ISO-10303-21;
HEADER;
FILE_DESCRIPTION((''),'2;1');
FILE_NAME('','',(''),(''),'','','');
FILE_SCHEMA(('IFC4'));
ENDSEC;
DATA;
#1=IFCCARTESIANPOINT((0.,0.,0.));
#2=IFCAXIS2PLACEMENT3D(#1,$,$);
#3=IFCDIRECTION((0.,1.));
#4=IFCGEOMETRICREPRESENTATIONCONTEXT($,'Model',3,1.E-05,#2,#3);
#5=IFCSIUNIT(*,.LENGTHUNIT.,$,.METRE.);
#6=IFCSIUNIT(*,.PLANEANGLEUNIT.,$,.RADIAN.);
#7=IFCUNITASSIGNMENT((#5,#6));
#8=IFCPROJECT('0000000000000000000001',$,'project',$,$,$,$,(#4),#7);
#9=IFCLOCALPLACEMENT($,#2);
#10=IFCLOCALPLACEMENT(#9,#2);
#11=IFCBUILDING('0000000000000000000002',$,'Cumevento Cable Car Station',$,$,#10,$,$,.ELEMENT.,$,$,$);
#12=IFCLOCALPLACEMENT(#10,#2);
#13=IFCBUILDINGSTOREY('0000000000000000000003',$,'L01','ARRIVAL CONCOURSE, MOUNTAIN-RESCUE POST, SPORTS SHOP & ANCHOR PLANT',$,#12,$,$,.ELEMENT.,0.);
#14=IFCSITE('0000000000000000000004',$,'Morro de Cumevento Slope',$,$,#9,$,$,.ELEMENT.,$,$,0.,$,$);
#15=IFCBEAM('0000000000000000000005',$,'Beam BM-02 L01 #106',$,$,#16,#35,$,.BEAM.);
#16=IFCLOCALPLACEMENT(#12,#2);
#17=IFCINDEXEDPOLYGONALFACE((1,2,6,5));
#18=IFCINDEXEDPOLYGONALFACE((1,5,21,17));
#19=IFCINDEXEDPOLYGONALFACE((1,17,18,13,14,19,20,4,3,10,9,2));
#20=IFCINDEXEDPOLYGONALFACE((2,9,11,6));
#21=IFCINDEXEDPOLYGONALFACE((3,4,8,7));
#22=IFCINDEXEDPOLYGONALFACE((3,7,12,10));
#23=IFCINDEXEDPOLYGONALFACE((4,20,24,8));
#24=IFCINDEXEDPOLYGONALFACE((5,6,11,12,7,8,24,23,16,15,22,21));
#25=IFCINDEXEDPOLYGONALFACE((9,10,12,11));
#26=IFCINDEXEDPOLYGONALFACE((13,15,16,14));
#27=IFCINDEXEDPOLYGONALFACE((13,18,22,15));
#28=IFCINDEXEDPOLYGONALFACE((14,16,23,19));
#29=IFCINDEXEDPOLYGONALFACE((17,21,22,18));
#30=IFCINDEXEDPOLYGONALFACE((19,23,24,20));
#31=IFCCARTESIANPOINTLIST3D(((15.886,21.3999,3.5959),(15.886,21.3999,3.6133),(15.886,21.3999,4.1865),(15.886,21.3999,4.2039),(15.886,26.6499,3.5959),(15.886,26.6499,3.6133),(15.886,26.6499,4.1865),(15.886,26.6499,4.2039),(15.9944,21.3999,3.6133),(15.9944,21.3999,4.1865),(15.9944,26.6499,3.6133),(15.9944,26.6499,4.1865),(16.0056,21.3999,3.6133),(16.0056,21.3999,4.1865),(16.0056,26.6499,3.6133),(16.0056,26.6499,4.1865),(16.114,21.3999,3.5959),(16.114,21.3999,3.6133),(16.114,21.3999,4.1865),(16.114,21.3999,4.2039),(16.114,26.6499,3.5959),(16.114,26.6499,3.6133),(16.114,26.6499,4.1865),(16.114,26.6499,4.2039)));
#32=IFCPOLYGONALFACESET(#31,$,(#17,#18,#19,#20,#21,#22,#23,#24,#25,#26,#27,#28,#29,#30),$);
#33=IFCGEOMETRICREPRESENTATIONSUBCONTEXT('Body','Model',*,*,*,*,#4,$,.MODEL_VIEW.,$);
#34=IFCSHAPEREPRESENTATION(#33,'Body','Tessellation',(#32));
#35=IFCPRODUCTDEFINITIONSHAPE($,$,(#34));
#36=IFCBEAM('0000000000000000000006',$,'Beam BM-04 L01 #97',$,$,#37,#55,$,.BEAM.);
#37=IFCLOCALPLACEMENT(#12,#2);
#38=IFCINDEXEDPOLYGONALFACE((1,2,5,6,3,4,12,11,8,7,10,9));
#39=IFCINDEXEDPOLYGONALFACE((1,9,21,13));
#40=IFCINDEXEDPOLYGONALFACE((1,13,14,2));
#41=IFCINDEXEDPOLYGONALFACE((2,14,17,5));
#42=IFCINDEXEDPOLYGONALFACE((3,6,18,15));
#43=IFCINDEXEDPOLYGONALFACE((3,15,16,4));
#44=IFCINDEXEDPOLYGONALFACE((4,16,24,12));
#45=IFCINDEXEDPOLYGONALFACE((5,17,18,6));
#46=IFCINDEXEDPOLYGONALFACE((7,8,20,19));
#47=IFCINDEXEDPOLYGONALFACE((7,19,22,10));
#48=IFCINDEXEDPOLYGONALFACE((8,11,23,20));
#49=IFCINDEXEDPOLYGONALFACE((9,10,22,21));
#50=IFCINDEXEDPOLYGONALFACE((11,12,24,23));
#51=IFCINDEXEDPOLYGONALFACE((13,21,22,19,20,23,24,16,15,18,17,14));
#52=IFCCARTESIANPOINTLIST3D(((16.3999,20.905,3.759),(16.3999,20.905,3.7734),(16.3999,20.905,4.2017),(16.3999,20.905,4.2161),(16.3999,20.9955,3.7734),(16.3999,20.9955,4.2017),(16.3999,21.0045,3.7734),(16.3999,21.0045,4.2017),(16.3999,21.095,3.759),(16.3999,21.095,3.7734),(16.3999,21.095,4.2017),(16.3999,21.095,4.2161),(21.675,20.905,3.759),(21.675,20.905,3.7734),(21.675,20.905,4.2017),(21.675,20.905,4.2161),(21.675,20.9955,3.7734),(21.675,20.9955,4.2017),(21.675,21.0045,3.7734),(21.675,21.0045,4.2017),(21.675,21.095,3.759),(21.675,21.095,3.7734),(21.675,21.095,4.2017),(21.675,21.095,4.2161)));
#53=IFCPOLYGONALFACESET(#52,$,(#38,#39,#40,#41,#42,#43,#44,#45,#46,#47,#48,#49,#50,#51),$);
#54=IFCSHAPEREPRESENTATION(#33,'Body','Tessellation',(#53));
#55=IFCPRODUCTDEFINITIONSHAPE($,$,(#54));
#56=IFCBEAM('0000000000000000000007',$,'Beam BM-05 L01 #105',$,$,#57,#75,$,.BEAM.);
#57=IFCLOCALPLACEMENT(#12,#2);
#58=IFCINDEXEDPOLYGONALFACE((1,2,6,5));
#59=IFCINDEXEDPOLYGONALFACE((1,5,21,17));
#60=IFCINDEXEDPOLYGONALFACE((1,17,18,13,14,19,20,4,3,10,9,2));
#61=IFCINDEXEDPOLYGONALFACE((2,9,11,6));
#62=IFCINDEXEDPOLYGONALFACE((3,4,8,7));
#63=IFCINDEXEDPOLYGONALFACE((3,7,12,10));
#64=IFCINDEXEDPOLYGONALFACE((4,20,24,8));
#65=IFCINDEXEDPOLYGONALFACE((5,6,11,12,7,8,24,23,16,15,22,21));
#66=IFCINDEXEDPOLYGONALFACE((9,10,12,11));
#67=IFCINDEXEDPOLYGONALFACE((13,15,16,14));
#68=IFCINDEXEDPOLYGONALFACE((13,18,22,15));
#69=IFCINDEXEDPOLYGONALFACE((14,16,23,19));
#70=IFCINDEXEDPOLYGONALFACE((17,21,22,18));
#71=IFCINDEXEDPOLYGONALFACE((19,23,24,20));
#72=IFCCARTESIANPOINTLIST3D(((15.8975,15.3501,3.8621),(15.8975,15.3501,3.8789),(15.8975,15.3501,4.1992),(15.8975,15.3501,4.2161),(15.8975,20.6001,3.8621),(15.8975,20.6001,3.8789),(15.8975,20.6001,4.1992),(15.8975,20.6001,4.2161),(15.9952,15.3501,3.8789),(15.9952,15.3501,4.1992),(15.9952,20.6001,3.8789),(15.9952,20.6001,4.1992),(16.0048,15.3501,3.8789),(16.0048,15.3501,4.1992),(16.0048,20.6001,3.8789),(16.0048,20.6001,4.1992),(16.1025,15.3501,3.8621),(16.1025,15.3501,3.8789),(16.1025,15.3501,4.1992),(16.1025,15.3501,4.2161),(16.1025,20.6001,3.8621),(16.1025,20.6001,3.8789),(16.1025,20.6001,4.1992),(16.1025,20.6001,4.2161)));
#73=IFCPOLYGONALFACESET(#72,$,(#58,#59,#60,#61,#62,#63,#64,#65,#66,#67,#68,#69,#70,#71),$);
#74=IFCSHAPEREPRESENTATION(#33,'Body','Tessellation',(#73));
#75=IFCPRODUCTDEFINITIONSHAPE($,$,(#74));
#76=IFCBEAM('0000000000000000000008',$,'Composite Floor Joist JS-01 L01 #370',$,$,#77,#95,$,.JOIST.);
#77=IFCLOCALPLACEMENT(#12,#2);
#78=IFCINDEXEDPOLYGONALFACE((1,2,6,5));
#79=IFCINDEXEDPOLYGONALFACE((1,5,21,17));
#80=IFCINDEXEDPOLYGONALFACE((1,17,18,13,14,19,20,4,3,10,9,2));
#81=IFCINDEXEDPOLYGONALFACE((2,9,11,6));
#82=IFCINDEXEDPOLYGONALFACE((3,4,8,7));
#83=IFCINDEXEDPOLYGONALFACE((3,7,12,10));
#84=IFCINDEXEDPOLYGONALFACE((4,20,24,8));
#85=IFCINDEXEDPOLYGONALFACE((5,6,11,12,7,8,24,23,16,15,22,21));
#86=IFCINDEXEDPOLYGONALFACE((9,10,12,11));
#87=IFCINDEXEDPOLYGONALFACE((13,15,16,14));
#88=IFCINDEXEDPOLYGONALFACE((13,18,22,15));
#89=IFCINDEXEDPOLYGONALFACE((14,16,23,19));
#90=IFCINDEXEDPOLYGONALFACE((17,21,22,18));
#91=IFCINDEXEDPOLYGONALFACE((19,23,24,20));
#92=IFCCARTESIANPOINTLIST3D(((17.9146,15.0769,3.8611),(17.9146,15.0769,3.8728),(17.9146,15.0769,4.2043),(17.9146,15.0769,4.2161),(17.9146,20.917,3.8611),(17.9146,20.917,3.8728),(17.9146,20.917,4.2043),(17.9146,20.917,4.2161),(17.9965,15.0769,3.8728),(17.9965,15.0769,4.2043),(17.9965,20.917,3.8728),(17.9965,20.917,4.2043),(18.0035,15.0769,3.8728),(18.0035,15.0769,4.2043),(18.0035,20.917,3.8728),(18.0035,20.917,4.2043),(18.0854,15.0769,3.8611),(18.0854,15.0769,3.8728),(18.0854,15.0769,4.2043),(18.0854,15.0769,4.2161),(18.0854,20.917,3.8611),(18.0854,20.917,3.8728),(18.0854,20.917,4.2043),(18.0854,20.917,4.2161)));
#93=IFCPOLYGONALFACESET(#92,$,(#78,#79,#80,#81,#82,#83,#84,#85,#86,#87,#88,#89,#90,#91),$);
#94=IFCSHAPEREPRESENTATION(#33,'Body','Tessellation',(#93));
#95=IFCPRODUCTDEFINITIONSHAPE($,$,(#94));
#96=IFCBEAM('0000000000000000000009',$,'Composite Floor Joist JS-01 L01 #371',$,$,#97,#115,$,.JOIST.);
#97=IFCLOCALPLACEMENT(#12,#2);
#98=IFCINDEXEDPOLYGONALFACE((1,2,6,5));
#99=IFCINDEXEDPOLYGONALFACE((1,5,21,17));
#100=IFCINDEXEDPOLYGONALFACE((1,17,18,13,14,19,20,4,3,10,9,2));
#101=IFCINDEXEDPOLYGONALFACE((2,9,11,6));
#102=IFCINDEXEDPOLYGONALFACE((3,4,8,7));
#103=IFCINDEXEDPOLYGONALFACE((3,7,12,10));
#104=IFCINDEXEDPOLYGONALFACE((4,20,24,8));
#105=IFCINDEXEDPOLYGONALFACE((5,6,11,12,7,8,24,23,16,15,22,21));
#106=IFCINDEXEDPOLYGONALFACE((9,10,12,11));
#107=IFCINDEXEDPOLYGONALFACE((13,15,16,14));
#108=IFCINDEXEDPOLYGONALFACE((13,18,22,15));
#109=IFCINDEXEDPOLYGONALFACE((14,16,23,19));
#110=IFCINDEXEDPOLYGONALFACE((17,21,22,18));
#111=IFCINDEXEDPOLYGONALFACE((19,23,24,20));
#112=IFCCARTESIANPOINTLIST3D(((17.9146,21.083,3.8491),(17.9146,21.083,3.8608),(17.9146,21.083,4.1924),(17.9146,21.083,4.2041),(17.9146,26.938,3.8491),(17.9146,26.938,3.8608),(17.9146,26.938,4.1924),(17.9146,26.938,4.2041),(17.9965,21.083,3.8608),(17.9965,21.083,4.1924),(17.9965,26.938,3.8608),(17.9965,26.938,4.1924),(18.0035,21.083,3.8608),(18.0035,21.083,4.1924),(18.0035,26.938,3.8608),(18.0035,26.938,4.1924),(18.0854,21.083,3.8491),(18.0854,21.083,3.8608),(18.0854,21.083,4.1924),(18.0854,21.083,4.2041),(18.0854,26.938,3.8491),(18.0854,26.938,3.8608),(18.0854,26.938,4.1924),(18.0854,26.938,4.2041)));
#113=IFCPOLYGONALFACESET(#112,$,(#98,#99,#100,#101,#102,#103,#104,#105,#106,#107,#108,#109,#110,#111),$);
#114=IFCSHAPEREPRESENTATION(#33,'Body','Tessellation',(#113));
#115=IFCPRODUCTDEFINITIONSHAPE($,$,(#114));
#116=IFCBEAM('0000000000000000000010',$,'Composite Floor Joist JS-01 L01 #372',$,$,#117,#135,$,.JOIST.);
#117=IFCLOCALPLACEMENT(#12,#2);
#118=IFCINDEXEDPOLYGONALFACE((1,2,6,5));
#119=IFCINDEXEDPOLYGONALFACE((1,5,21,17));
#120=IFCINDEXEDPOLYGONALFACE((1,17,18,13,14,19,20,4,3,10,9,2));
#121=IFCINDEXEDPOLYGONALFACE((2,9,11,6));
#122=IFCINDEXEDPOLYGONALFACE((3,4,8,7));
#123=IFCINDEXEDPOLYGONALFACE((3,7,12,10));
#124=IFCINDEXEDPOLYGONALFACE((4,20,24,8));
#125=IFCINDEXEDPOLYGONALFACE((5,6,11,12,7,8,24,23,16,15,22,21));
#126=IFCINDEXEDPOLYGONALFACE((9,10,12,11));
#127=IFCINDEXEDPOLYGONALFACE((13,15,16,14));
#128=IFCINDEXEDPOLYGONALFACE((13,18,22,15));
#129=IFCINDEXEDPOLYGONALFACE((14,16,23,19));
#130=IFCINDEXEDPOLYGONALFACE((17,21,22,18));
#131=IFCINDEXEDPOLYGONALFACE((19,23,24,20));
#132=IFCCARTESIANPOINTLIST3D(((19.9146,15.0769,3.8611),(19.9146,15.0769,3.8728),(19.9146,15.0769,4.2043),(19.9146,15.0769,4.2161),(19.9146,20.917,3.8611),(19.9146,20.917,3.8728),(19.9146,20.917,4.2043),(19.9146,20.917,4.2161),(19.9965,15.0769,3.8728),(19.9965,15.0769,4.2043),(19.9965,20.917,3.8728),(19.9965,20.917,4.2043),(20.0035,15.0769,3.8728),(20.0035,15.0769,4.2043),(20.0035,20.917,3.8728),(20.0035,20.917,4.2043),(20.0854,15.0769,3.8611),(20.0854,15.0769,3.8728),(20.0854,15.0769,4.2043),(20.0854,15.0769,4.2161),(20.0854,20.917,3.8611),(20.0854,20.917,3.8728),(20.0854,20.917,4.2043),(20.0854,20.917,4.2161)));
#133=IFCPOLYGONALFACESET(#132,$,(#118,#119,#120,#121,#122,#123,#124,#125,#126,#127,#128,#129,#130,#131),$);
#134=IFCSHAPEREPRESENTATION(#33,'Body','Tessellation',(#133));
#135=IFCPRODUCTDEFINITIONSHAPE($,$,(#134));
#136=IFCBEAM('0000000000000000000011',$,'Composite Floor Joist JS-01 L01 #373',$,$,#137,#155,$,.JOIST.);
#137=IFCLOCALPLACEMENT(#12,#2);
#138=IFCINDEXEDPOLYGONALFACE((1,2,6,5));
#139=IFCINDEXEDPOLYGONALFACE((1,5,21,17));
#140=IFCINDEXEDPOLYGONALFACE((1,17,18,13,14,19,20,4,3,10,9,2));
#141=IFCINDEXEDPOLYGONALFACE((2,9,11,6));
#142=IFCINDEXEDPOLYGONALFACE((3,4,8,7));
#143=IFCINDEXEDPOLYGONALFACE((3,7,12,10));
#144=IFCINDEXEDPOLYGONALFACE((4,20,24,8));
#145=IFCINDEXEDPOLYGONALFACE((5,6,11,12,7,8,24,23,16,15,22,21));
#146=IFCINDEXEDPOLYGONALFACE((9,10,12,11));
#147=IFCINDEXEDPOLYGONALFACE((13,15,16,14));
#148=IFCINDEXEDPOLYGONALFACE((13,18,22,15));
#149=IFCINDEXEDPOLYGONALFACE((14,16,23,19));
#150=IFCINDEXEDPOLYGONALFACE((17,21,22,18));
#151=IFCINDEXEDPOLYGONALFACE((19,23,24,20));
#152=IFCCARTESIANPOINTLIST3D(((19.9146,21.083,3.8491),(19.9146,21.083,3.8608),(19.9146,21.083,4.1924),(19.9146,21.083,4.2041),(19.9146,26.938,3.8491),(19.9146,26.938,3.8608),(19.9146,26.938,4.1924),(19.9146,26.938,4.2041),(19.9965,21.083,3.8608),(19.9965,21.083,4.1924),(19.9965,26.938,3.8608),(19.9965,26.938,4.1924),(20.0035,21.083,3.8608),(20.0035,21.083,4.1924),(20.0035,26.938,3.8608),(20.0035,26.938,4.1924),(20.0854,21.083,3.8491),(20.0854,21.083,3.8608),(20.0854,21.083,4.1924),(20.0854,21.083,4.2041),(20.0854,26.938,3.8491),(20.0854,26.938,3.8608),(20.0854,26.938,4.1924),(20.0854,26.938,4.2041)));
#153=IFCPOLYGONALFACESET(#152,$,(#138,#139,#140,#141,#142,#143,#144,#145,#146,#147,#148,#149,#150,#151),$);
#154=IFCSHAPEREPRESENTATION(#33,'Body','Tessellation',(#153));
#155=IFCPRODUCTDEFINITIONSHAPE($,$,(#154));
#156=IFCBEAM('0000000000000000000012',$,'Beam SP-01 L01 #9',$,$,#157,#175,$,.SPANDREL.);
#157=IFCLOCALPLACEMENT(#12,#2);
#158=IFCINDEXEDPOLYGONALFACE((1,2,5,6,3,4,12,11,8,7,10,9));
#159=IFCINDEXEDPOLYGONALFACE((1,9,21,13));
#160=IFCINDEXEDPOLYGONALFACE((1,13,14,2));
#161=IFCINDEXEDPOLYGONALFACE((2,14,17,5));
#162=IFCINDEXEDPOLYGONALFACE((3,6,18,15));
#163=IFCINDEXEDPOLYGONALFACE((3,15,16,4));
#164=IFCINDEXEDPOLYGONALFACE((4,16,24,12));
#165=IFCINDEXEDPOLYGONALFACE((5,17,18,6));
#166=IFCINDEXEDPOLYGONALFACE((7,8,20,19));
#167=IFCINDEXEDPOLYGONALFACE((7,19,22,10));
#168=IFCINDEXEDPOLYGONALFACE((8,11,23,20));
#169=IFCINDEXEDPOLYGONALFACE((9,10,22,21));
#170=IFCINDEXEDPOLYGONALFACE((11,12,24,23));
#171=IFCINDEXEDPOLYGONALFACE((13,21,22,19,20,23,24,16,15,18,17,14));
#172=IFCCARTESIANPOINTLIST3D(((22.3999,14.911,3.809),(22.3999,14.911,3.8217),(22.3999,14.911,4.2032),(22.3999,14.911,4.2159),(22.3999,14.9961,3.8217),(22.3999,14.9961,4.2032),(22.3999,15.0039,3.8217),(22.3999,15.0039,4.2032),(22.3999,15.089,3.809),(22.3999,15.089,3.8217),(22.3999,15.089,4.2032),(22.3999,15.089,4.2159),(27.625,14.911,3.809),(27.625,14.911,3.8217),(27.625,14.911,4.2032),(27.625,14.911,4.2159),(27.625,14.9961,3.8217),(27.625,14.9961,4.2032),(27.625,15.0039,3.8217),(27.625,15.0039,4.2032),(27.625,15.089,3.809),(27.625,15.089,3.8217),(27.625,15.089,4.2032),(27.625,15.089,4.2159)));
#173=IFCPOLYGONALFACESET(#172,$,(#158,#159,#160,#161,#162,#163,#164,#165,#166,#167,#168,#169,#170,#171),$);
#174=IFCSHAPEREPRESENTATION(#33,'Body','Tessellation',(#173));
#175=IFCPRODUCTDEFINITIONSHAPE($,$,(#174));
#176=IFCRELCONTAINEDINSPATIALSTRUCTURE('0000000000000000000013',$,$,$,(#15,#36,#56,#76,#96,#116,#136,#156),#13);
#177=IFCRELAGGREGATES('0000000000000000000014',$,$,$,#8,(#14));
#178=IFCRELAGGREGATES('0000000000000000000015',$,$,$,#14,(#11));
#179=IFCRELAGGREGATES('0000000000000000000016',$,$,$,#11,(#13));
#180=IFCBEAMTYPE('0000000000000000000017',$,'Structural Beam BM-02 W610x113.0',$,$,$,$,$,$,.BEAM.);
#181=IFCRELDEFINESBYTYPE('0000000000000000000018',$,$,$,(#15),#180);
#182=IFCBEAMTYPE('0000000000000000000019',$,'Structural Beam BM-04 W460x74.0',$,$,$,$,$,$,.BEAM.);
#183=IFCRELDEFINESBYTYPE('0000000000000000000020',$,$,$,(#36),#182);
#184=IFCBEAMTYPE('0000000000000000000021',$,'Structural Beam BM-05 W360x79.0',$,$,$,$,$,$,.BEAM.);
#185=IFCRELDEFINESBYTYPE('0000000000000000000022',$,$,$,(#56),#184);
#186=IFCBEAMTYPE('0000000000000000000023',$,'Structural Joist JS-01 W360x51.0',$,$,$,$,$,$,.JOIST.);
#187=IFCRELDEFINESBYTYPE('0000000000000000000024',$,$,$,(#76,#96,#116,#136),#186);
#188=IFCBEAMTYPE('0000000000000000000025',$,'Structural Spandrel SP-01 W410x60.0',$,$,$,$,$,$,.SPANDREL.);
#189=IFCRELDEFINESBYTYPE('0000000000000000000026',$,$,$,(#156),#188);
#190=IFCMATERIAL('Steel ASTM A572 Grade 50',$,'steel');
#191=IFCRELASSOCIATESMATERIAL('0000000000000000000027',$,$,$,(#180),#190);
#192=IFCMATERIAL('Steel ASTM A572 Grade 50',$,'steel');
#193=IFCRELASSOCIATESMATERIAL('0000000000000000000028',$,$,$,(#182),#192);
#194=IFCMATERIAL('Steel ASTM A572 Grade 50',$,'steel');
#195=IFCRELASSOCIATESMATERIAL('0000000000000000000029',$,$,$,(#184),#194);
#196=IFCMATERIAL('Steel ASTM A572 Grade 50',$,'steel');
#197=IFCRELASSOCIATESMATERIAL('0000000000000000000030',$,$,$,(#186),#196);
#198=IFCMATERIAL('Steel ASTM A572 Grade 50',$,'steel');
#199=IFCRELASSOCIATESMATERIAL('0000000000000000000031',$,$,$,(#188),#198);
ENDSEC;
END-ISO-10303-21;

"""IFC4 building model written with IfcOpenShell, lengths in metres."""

from ifc_helpers import new_model, si_unit, direction, frame, origin, origin_2d, place, context, subcontext, project, spatial, i_section, extrude, material, material_profile, profile_set, type_object, element, save


model = new_model("IFC4")

# Units and contexts
model_context = context("Model", 3, precision=1e-05, world=origin(), true_north=direction((0.0, 1.0)))
body_context = subcontext(model_context, "Body", "Model", "MODEL_VIEW")
ifc_project = project(units=[si_unit("LENGTHUNIT", "METRE"), si_unit("PLANEANGLEUNIT", "RADIAN")], contexts=[model_context])

# Site, building, storey
site_placement = place(None, origin())
site = spatial("IfcSite", under=ifc_project, at=site_placement, Name="Morro de Cumevento Slope", CompositionType="ELEMENT", RefElevation=0.0)
building_placement = place(site_placement, origin())
building = spatial("IfcBuilding", under=site, at=building_placement, Name="Cumevento Cable Car Station", CompositionType="ELEMENT")
storey_placement = place(building_placement, origin())
storey = spatial("IfcBuildingStorey", under=building, at=storey_placement, Name="L01", Description="ARRIVAL CONCOURSE, MOUNTAIN-RESCUE POST, SPORTS SHOP & ANCHOR PLANT", CompositionType="ELEMENT", Elevation=0.0)

# Beams
ifc_material_1 = material(Name="Steel ASTM A572 Grade 50", Category="steel")
ifc_material_profile_1 = material_profile(ifc_material_1, i_section(OverallWidth=0.228, OverallDepth=0.6079, WebThickness=0.0112, FlangeThickness=0.0173, at=origin_2d()), Name="W610x113.0")
ifc_profile_set_1 = profile_set([ifc_material_profile_1], Name="Steel ASTM A572 Grade 50")
beam_type_1 = type_object("IfcBeamType", Name="Structural Beam BM-02 W610x113.0", PredefinedType="BEAM", material=ifc_profile_set_1)
beam_1_placement = place(storey_placement, frame((16.0, 21.3999, 3.8999), z_axis=(0.0, 1.0, 0.0), x_axis=(-1.0, 0.0, 0.0)))
element("IfcBeam", 1, at=beam_1_placement, inside=storey, type_object=beam_type_1, Name="Beam BM-02 L01 #106", PredefinedType="BEAM", context=body_context, shape_type="SweptSolid", body=[
    extrude(i_section(OverallWidth=0.228, OverallDepth=0.6079, WebThickness=0.0112, FlangeThickness=0.0173, at=origin_2d()), origin(), (0.0, 0.0, 1.0), 5.25),
])
ifc_material_2 = material(Name="Steel ASTM A572 Grade 50", Category="steel")
ifc_material_profile_2 = material_profile(ifc_material_2, i_section(OverallWidth=0.1899, OverallDepth=0.457, WebThickness=0.009, FlangeThickness=0.0144, at=origin_2d()), Name="W460x74.0")
ifc_profile_set_2 = profile_set([ifc_material_profile_2], Name="Steel ASTM A572 Grade 50")
beam_type_2 = type_object("IfcBeamType", Name="Structural Beam BM-04 W460x74.0", PredefinedType="BEAM", material=ifc_profile_set_2)
beam_2_placement = place(storey_placement, frame((16.3999, 21.0, 3.9875), z_axis=(1.0, 0.0, 0.0), x_axis=(0.0, 1.0, 0.0)))
element("IfcBeam", 2, at=beam_2_placement, inside=storey, type_object=beam_type_2, Name="Beam BM-04 L01 #97", PredefinedType="BEAM", context=body_context, shape_type="SweptSolid", body=[
    extrude(i_section(OverallWidth=0.1899, OverallDepth=0.457, WebThickness=0.009, FlangeThickness=0.0144, at=origin_2d()), origin(), (0.0, 0.0, 1.0), 5.2751),
])
ifc_material_3 = material(Name="Steel ASTM A572 Grade 50", Category="steel")
ifc_material_profile_3 = material_profile(ifc_material_3, i_section(OverallWidth=0.2051, OverallDepth=0.354, WebThickness=0.0095, FlangeThickness=0.0168, at=origin_2d()), Name="W360x79.0")
ifc_profile_set_3 = profile_set([ifc_material_profile_3], Name="Steel ASTM A572 Grade 50")
beam_type_3 = type_object("IfcBeamType", Name="Structural Beam BM-05 W360x79.0", PredefinedType="BEAM", material=ifc_profile_set_3)
beam_3_placement = place(storey_placement, frame((16.0, 15.3501, 4.0391), z_axis=(0.0, 1.0, 0.0), x_axis=(-1.0, 0.0, 0.0)))
element("IfcBeam", 3, at=beam_3_placement, inside=storey, type_object=beam_type_3, Name="Beam BM-05 L01 #105", PredefinedType="BEAM", context=body_context, shape_type="SweptSolid", body=[
    extrude(i_section(OverallWidth=0.2051, OverallDepth=0.354, WebThickness=0.0095, FlangeThickness=0.0168, at=origin_2d()), origin(), (0.0, 0.0, 1.0), 5.25),
])
ifc_material_4 = material(Name="Steel ASTM A572 Grade 50", Category="steel")
ifc_material_profile_4 = material_profile(ifc_material_4, i_section(OverallWidth=0.1709, OverallDepth=0.355, WebThickness=0.0071, FlangeThickness=0.0117, at=origin_2d()), Name="W360x51.0")
ifc_profile_set_4 = profile_set([ifc_material_profile_4], Name="Steel ASTM A572 Grade 50")
beam_type_4 = type_object("IfcBeamType", Name="Structural Joist JS-01 W360x51.0", PredefinedType="JOIST", material=ifc_profile_set_4)
beam_4_placement = place(storey_placement, frame((18.0, 15.0769, 4.0386), z_axis=(0.0, 1.0, 0.0), x_axis=(-1.0, 0.0, 0.0)))
element("IfcBeam", 4, at=beam_4_placement, inside=storey, type_object=beam_type_4, Name="Composite Floor Joist JS-01 L01 #370", PredefinedType="JOIST", context=body_context, shape_type="SweptSolid", body=[
    extrude(i_section(OverallWidth=0.1709, OverallDepth=0.355, WebThickness=0.0071, FlangeThickness=0.0117, at=origin_2d()), origin(), (0.0, 0.0, 1.0), 5.8401),
])
beam_5_placement = place(storey_placement, frame((18.0, 21.083, 4.0266), z_axis=(0.0, 1.0, 0.0), x_axis=(-1.0, 0.0, 0.0)))
element("IfcBeam", 5, at=beam_5_placement, inside=storey, type_object=beam_type_4, Name="Composite Floor Joist JS-01 L01 #371", PredefinedType="JOIST", context=body_context, shape_type="SweptSolid", body=[
    extrude(i_section(OverallWidth=0.1709, OverallDepth=0.355, WebThickness=0.0071, FlangeThickness=0.0117, at=origin_2d()), origin(), (0.0, 0.0, 1.0), 5.855),
])
beam_6_placement = place(storey_placement, frame((20.0, 15.0769, 4.0386), z_axis=(0.0, 1.0, 0.0), x_axis=(-1.0, 0.0, 0.0)))
element("IfcBeam", 6, at=beam_6_placement, inside=storey, type_object=beam_type_4, Name="Composite Floor Joist JS-01 L01 #372", PredefinedType="JOIST", context=body_context, shape_type="SweptSolid", body=[
    extrude(i_section(OverallWidth=0.1709, OverallDepth=0.355, WebThickness=0.0071, FlangeThickness=0.0117, at=origin_2d()), origin(), (0.0, 0.0, 1.0), 5.8401),
])
beam_7_placement = place(storey_placement, frame((20.0, 21.083, 4.0266), z_axis=(0.0, 1.0, 0.0), x_axis=(-1.0, 0.0, 0.0)))
element("IfcBeam", 7, at=beam_7_placement, inside=storey, type_object=beam_type_4, Name="Composite Floor Joist JS-01 L01 #373", PredefinedType="JOIST", context=body_context, shape_type="SweptSolid", body=[
    extrude(i_section(OverallWidth=0.1709, OverallDepth=0.355, WebThickness=0.0071, FlangeThickness=0.0117, at=origin_2d()), origin(), (0.0, 0.0, 1.0), 5.855),
])
ifc_material_5 = material(Name="Steel ASTM A572 Grade 50", Category="steel")
ifc_material_profile_5 = material_profile(ifc_material_5, i_section(OverallWidth=0.178, OverallDepth=0.407, WebThickness=0.0078, FlangeThickness=0.0127, at=origin_2d()), Name="W410x60.0")
ifc_profile_set_5 = profile_set([ifc_material_profile_5], Name="Steel ASTM A572 Grade 50")
beam_type_5 = type_object("IfcBeamType", Name="Structural Spandrel SP-01 W410x60.0", PredefinedType="SPANDREL", material=ifc_profile_set_5)
beam_8_placement = place(storey_placement, frame((22.3999, 15.0, 4.0125), z_axis=(1.0, 0.0, 0.0), x_axis=(0.0, 1.0, 0.0)))
element("IfcBeam", 8, at=beam_8_placement, inside=storey, type_object=beam_type_5, Name="Beam SP-01 L01 #9", PredefinedType="SPANDREL", context=body_context, shape_type="SweptSolid", body=[
    extrude(i_section(OverallWidth=0.178, OverallDepth=0.407, WebThickness=0.0078, FlangeThickness=0.0127, at=origin_2d()), origin(), (0.0, 0.0, 1.0), 5.2251),
])

save(model, "model.ifc")
